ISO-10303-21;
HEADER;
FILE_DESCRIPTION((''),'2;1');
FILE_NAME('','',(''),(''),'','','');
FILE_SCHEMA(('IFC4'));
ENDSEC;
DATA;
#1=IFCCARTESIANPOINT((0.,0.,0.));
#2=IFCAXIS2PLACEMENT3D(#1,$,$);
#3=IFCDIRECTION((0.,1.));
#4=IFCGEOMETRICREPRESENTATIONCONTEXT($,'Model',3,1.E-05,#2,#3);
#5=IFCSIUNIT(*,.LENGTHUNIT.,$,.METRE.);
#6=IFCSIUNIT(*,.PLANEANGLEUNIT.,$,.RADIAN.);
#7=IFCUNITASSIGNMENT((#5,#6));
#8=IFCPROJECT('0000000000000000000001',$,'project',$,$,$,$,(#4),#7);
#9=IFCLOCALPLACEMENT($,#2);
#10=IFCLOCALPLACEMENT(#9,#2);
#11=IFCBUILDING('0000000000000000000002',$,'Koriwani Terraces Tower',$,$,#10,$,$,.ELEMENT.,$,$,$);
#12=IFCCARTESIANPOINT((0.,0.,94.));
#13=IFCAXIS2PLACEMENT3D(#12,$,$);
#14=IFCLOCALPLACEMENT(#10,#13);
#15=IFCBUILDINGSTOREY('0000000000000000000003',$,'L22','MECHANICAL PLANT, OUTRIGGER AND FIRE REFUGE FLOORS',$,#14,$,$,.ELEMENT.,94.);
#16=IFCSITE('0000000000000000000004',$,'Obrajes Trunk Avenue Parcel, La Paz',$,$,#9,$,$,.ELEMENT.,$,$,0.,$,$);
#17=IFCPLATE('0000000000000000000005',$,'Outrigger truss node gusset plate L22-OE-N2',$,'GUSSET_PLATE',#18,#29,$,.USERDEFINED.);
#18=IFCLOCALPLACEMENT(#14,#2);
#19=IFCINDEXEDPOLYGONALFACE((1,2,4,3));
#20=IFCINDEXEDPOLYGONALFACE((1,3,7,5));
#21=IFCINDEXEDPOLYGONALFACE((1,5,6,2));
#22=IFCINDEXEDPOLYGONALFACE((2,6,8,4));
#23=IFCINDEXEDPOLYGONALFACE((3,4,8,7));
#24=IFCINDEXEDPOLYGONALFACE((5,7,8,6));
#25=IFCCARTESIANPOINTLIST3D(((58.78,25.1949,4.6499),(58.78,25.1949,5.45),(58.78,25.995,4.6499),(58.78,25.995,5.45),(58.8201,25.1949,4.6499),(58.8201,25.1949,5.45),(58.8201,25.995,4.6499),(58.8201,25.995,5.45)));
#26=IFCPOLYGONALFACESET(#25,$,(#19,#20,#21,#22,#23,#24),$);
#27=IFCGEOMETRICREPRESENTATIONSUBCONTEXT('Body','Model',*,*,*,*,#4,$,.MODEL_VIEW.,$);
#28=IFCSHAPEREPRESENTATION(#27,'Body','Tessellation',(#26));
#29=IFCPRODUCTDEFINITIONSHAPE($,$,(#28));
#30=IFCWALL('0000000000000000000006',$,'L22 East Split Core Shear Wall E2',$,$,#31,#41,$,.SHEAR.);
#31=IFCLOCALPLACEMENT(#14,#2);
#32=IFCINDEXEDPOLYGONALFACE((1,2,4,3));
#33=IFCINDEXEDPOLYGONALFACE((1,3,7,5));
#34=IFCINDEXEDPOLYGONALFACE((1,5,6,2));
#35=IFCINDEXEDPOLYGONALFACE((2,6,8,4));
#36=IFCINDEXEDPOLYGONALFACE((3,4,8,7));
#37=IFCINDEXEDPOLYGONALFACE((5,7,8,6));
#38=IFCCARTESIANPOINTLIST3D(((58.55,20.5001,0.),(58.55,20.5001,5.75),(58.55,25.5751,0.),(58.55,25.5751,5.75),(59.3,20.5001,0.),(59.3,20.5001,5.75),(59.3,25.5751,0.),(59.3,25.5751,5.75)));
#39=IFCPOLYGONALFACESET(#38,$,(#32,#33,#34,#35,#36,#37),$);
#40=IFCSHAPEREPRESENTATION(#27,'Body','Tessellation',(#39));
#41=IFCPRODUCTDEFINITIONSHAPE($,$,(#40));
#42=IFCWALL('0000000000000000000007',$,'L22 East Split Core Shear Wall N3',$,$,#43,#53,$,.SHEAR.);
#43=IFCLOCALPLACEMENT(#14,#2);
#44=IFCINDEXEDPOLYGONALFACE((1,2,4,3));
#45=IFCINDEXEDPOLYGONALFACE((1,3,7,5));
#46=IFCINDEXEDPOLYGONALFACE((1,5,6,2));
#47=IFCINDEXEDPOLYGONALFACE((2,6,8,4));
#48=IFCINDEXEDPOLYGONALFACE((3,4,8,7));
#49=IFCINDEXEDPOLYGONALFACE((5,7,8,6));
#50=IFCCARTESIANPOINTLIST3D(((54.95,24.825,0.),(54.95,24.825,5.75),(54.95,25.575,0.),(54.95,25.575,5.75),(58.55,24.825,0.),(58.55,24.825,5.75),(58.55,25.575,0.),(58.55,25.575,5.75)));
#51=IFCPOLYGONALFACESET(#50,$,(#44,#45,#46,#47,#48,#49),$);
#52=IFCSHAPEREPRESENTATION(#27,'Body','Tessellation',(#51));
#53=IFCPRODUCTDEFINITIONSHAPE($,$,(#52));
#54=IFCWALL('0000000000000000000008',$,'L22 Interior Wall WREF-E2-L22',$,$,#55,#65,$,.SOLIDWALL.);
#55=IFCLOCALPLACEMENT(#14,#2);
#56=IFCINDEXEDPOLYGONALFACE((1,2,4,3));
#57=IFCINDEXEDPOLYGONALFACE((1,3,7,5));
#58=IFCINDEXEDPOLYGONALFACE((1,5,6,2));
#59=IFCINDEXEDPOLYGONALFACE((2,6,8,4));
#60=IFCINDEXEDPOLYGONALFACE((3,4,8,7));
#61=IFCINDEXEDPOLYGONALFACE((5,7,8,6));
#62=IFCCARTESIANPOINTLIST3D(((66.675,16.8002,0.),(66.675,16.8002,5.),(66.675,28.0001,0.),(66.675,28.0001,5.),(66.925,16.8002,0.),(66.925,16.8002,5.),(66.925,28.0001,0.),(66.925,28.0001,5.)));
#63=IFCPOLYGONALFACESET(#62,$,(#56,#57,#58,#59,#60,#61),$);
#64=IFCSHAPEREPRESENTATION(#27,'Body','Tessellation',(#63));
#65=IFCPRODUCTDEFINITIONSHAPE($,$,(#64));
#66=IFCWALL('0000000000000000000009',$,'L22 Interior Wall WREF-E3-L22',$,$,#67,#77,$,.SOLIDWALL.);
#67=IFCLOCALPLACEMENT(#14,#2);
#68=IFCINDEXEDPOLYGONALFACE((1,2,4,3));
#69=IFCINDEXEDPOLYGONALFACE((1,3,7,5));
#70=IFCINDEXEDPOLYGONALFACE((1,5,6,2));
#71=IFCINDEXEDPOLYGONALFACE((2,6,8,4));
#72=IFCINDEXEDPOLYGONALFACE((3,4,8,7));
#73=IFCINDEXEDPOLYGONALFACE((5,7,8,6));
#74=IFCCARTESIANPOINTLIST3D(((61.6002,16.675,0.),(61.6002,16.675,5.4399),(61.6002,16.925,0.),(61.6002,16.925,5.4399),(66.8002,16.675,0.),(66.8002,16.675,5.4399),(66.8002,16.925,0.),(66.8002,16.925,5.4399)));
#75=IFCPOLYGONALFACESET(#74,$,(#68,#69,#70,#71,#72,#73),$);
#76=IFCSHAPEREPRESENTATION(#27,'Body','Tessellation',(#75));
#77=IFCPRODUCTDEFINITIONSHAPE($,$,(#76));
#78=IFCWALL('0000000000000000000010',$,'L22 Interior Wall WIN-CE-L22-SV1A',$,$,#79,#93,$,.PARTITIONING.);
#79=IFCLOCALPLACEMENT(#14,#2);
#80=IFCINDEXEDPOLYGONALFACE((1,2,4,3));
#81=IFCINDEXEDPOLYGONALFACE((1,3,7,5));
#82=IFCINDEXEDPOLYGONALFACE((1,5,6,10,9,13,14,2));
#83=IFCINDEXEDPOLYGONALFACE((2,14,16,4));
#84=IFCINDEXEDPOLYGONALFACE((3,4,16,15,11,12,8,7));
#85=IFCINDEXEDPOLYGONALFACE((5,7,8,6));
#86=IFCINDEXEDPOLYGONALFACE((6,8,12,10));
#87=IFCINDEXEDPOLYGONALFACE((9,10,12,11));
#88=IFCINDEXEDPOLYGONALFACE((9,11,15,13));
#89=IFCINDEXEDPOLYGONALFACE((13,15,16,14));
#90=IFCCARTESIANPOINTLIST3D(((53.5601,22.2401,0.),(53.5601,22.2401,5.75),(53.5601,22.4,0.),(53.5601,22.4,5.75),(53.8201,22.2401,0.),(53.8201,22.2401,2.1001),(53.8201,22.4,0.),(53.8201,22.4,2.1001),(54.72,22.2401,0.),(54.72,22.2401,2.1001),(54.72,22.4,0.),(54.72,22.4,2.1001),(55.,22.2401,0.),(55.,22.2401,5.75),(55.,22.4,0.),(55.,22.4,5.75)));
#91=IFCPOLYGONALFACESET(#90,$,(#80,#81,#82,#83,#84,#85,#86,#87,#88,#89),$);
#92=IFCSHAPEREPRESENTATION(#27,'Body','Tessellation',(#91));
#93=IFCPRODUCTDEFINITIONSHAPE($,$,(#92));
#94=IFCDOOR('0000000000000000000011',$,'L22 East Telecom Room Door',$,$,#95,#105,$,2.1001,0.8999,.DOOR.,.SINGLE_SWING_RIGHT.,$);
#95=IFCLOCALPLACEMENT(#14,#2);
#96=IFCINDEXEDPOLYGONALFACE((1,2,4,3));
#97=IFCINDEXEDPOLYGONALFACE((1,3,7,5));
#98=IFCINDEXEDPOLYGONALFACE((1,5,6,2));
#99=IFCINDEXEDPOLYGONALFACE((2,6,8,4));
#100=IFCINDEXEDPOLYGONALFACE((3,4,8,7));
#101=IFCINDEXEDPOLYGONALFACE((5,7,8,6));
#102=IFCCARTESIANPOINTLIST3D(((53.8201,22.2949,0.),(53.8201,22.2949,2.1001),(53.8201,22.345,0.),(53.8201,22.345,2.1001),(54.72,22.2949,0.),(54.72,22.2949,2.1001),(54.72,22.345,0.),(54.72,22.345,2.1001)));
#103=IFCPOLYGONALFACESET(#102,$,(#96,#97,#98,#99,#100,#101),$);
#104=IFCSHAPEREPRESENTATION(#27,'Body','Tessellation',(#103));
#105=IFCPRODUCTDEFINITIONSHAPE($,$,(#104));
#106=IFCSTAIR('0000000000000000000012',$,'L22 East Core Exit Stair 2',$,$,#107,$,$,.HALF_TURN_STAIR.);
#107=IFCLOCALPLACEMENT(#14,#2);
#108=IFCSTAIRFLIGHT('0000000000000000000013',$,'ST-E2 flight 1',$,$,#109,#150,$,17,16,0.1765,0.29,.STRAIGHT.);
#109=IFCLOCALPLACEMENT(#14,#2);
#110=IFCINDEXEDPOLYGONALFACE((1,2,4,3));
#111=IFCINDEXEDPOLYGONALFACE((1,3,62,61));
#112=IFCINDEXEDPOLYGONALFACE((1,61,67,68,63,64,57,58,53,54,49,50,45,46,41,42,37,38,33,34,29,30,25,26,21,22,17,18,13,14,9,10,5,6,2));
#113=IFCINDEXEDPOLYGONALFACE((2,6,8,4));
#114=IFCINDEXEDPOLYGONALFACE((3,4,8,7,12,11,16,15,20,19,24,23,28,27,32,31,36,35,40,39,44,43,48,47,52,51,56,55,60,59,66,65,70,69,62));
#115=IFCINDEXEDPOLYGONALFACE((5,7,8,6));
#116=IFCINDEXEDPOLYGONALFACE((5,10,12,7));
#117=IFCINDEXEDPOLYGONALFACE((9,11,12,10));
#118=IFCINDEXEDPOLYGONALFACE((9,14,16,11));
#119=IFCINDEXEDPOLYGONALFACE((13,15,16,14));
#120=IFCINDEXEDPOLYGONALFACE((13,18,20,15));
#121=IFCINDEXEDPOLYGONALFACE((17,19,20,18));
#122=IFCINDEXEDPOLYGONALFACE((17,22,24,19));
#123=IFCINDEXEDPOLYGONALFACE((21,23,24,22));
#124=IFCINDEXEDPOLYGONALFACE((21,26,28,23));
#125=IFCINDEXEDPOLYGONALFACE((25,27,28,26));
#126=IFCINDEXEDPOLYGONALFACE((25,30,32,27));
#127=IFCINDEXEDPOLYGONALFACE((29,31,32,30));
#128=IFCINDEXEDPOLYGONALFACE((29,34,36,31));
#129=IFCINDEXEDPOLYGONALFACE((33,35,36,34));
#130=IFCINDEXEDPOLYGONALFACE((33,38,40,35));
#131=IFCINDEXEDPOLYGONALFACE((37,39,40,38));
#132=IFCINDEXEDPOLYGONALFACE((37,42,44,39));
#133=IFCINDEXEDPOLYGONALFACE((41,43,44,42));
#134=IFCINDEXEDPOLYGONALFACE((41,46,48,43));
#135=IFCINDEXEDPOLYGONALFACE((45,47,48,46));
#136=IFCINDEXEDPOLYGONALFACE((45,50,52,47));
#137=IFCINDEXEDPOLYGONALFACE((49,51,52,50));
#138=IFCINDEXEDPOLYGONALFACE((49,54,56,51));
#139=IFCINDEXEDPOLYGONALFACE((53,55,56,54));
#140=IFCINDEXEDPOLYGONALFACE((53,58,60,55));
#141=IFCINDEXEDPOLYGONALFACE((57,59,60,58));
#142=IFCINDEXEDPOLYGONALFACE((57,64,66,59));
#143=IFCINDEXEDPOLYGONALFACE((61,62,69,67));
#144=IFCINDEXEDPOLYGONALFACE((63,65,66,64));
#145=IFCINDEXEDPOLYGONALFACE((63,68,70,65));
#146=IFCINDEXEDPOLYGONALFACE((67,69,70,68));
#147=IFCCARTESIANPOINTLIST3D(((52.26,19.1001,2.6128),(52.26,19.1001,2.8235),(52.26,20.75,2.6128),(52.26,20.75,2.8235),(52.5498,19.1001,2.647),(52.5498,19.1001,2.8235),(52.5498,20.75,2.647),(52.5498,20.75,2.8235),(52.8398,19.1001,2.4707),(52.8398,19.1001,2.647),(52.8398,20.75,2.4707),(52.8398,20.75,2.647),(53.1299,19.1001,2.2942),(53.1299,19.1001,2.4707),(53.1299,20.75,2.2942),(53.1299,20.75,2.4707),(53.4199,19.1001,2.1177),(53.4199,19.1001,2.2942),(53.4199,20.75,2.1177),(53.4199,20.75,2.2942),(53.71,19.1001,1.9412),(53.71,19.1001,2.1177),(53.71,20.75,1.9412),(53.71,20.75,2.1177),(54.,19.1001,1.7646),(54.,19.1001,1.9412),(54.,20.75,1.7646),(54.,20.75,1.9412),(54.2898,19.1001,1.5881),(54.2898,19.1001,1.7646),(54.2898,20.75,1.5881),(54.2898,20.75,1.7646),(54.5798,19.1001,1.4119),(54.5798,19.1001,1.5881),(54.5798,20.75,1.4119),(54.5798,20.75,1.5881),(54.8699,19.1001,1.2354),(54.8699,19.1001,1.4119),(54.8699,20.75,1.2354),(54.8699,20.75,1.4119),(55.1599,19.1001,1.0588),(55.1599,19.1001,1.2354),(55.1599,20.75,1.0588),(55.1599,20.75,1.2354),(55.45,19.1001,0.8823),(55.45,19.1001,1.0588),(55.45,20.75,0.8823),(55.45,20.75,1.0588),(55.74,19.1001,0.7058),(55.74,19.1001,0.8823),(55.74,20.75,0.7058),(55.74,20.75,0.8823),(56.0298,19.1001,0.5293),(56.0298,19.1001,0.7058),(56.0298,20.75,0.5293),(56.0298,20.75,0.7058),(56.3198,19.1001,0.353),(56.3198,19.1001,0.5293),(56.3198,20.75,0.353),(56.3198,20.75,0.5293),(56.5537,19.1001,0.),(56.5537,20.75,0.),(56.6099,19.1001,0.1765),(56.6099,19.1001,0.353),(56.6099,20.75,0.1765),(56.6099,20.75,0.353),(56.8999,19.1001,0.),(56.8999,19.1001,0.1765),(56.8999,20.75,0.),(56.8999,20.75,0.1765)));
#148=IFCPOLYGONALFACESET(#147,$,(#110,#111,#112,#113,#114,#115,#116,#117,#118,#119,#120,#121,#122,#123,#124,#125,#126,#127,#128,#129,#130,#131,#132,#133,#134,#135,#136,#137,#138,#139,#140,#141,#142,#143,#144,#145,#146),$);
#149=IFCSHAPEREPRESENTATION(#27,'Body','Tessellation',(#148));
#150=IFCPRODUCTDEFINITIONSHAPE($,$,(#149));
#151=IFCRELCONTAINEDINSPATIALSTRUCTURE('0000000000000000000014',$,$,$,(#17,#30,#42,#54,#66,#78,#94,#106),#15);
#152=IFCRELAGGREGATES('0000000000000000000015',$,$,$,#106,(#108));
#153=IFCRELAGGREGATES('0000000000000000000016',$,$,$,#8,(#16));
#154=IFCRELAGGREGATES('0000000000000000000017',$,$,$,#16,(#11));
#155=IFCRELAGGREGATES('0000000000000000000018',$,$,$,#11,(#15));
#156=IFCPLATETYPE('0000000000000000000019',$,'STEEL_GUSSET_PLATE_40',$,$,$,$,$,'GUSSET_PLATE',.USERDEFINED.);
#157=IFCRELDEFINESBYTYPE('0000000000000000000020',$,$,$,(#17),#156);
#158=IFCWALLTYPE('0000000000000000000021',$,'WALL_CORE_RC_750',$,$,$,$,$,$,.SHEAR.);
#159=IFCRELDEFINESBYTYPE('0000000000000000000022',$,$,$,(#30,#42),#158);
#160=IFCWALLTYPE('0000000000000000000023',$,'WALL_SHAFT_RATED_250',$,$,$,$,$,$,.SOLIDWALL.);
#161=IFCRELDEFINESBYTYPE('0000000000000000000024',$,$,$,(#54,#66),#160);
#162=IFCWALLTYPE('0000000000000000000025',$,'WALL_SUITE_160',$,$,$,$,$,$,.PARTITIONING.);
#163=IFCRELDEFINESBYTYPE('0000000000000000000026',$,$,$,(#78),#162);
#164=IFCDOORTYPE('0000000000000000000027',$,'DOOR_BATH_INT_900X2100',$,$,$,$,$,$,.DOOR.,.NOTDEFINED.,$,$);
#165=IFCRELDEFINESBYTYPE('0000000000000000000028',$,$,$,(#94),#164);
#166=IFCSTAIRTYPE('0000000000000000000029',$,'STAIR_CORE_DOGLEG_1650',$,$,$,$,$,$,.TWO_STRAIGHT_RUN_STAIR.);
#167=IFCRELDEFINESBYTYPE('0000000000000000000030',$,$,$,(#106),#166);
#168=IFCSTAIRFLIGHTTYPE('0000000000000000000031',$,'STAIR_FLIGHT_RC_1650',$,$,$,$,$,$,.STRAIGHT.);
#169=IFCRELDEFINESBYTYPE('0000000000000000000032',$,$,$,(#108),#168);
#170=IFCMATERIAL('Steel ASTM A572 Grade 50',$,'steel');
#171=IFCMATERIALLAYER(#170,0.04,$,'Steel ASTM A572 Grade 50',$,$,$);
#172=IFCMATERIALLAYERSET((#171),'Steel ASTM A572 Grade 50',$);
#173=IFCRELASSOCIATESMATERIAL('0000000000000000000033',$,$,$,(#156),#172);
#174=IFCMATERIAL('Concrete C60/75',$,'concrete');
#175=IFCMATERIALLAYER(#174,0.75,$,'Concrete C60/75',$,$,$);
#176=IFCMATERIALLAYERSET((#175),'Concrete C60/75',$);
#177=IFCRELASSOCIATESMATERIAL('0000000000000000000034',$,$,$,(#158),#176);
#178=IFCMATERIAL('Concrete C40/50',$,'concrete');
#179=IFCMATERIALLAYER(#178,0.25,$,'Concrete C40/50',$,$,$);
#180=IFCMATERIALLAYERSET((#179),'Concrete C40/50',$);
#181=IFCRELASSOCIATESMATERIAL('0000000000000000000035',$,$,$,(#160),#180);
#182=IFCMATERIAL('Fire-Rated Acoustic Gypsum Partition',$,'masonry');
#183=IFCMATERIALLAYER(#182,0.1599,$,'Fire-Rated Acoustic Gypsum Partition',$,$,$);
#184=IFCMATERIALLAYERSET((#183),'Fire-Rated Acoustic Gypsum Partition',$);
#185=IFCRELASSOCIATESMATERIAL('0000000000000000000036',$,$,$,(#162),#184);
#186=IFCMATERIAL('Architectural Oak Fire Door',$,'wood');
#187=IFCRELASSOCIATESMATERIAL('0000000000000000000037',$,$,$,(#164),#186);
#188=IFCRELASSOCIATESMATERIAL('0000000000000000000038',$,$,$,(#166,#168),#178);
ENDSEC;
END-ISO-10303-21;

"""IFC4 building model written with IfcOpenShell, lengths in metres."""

from ifc_helpers import new_model, si_unit, direction, frame, frame_2d, origin, origin_2d, place, context, subcontext, project, spatial, polyline, rectangle, outline, extrude, material, layer, layer_set, type_object, element, fill, aggregate, save


model = new_model("IFC4")

# Units and contexts
model_context = context("Model", 3, precision=1e-05, world=origin(), true_north=direction((0.0, 1.0)))
body_context = subcontext(model_context, "Body", "Model", "MODEL_VIEW")
ifc_project = project(units=[si_unit("LENGTHUNIT", "METRE"), si_unit("PLANEANGLEUNIT", "RADIAN")], contexts=[model_context])

# Site, building, storey
site_placement = place(None, origin())
site = spatial("IfcSite", under=ifc_project, at=site_placement, Name="Obrajes Trunk Avenue Parcel, La Paz", CompositionType="ELEMENT", RefElevation=0.0)
building_placement = place(site_placement, origin())
building = spatial("IfcBuilding", under=site, at=building_placement, Name="Koriwani Terraces Tower", CompositionType="ELEMENT")
storey_placement = place(building_placement, frame((0.0, 0.0, 94.0)))
storey = spatial("IfcBuildingStorey", under=building, at=storey_placement, Name="L22", Description="MECHANICAL PLANT, OUTRIGGER AND FIRE REFUGE FLOORS", CompositionType="ELEMENT", Elevation=94.0)

# Shared definitions
ifc_material_1 = material(Name="Concrete C60/75", Category="concrete")

# Shared definitions
ifc_material_2 = material(Name="Concrete C40/50", Category="concrete")
ifc_material_3 = material(Name="Steel ASTM A572 Grade 50", Category="steel")

# Plate
ifc_layer_1 = layer(ifc_material_3, 0.04, Name="Steel ASTM A572 Grade 50")
ifc_layer_set_1 = layer_set([ifc_layer_1], Name="Steel ASTM A572 Grade 50")
plate_type = type_object("IfcPlateType", Name="STEEL_GUSSET_PLATE_40", ElementType="GUSSET_PLATE", PredefinedType="USERDEFINED", material=ifc_layer_set_1)
plate_placement = place(storey_placement, frame((58.8, 25.595, 4.6499), z_axis=(0.0, 0.0, 1.0), x_axis=(0.0, -1.0, 0.0)))
element("IfcPlate", 1, at=plate_placement, inside=storey, type_object=plate_type, Name="Outrigger truss node gusset plate L22-OE-N2", ObjectType="GUSSET_PLATE", PredefinedType="USERDEFINED", context=body_context, shape_type="SweptSolid", body=[
    extrude(rectangle(XDim=0.8, YDim=0.04, at=origin_2d()), origin(), (0.0, 0.0, 1.0), 0.8),
])

# Walls
ifc_layer_2 = layer(ifc_material_1, 0.75, Name="Concrete C60/75")
ifc_layer_set_2 = layer_set([ifc_layer_2], Name="Concrete C60/75")
wall_type_1 = type_object("IfcWallType", Name="WALL_CORE_RC_750", PredefinedType="SHEAR", material=ifc_layer_set_2)
wall_1_placement = place(storey_placement, frame((58.925, 20.5, 0.0), z_axis=(0.0, 0.0, 1.0), x_axis=(0.0, 1.0, 0.0)))
element("IfcWall", 2, at=wall_1_placement, inside=storey, type_object=wall_type_1, Name="L22 East Split Core Shear Wall E2", PredefinedType="SHEAR", context=body_context, shape_type="SweptSolid", body=[
    extrude(rectangle(XDim=5.075, YDim=0.75, at=frame_2d((2.5376, 0.0))), origin(), (0.0, 0.0, 1.0), 5.75),
])
wall_2_placement = place(storey_placement, frame((54.95, 25.2, 0.0), z_axis=(0.0, 0.0, 1.0), x_axis=(1.0, 0.0, 0.0)))
element("IfcWall", 3, at=wall_2_placement, inside=storey, type_object=wall_type_1, Name="L22 East Split Core Shear Wall N3", PredefinedType="SHEAR", context=body_context, shape_type="SweptSolid", body=[
    extrude(rectangle(XDim=3.6001, YDim=0.75, at=frame_2d((1.8, 0.0))), origin(), (0.0, 0.0, 1.0), 5.75),
])

# Shared definitions
ifc_layer_3 = layer(ifc_material_2, 0.25, Name="Concrete C40/50")
ifc_layer_set_3 = layer_set([ifc_layer_3], Name="Concrete C40/50")
wall_type_2 = type_object("IfcWallType", Name="WALL_SHAFT_RATED_250", PredefinedType="SOLIDWALL", material=ifc_layer_set_3)

# Walls
wall_3_placement = place(storey_placement, frame((66.8, 16.8, 0.0), z_axis=(0.0, 0.0, 1.0), x_axis=(0.0, 1.0, 0.0)))
element("IfcWall", 4, at=wall_3_placement, inside=storey, type_object=wall_type_2, Name="L22 Interior Wall WREF-E2-L22", PredefinedType="SOLIDWALL", context=body_context, shape_type="SweptSolid", body=[
    extrude(rectangle(XDim=11.2, YDim=0.25, at=frame_2d((5.6001, 0.0))), origin(), (0.0, 0.0, 1.0), 5.0),
])
wall_4_placement = place(storey_placement, frame((61.6001, 16.8, 0.0), z_axis=(0.0, 0.0, 1.0), x_axis=(1.0, 0.0, 0.0)))
element("IfcWall", 5, at=wall_4_placement, inside=storey, type_object=wall_type_2, Name="L22 Interior Wall WREF-E3-L22", PredefinedType="SOLIDWALL", context=body_context, shape_type="SweptSolid", body=[
    extrude(rectangle(XDim=5.2, YDim=0.25, at=frame_2d((2.6001, 0.0))), origin(), (0.0, 0.0, 1.0), 5.4399),
])

# Wall, opening, door
ifc_material_4 = material(Name="Fire-Rated Acoustic Gypsum Partition", Category="masonry")
ifc_layer_4 = layer(ifc_material_4, 0.1599, Name="Fire-Rated Acoustic Gypsum Partition")
ifc_layer_set_4 = layer_set([ifc_layer_4], Name="Fire-Rated Acoustic Gypsum Partition")
wall_type_3 = type_object("IfcWallType", Name="WALL_SUITE_160", PredefinedType="PARTITIONING", material=ifc_layer_set_4)
wall_5_placement = place(storey_placement, frame((53.5601, 22.3201, 0.0), z_axis=(0.0, 0.0, 1.0), x_axis=(1.0, 0.0, 0.0)))
wall_5 = element("IfcWall", 6, at=wall_5_placement, inside=storey, type_object=wall_type_3, Name="L22 Interior Wall WIN-CE-L22-SV1A", PredefinedType="PARTITIONING", context=body_context, shape_type="SweptSolid", body=[
    extrude(rectangle(XDim=1.4399, YDim=0.1599, at=frame_2d((0.72, 0.0))), origin(), (0.0, 0.0, 1.0), 5.75),
])
opening_1_placement = place(wall_5_placement, frame((0.26, 0.0, 0.0)))
opening_1 = element("IfcOpeningElement", 7, at=opening_1_placement, cuts=wall_5, PredefinedType="OPENING", context=body_context, shape_type="SweptSolid", body=[
    extrude(rectangle(XDim=0.8999, YDim=2.1001, at=frame_2d((0.45, 1.05))), frame((0.0, 0.0898, 0.0), z_axis=(0.0, -1.0, 0.0), x_axis=(1.0, 0.0, 0.0)), (0.0, 0.0, 1.0), 0.1799),
])
ifc_material_5 = material(Name="Architectural Oak Fire Door", Category="wood")
door_type_1 = type_object("IfcDoorType", Name="DOOR_BATH_INT_900X2100", OperationType="NOTDEFINED", PredefinedType="DOOR", material=ifc_material_5)
door_1_placement = place(opening_1_placement, origin())
door_1 = element("IfcDoor", 8, at=door_1_placement, inside=storey, type_object=door_type_1, Name="L22 East Telecom Room Door", OperationType="SINGLE_SWING_RIGHT", OverallHeight=2.1001, OverallWidth=0.8999, PredefinedType="DOOR", context=body_context, shape_type="SweptSolid", body=[
    extrude(rectangle(XDim=0.8999, YDim=2.1001, at=frame_2d((0.45, 1.05))), frame((0.0, 0.0249, 0.0), z_axis=(0.0, -1.0, 0.0), x_axis=(1.0, 0.0, 0.0)), (0.0, 0.0, 1.0), 0.05),
])
fill(opening_1, door_1)

# Stair, stair flight
stair_type = type_object("IfcStairType", Name="STAIR_CORE_DOGLEG_1650", PredefinedType="TWO_STRAIGHT_RUN_STAIR", material=ifc_material_2)
stair_placement = place(storey_placement, origin())
stair = element("IfcStair", 9, at=stair_placement, inside=storey, type_object=stair_type, Name="L22 East Core Exit Stair 2", PredefinedType="HALF_TURN_STAIR")
stair_flight_type = type_object("IfcStairFlightType", Name="STAIR_FLIGHT_RC_1650", PredefinedType="STRAIGHT", material=ifc_material_2)
stair_flight_placement = place(storey_placement, frame((56.8999, 19.925, 0.0), z_axis=(0.0, 0.0, 1.0), x_axis=(-1.0, 0.0, 0.0)))
stair_flight = element("IfcStairFlight", 10, at=stair_flight_placement, type_object=stair_flight_type, Name="ST-E2 flight 1", NumberOfRisers=17, NumberOfTreads=16, PredefinedType="STRAIGHT", RiserHeight=0.1765, TreadLength=0.29, context=body_context, shape_type="SweptSolid", body=[
    extrude(outline(polyline([(0.0, 0.0), (0.0, 0.1765), (0.29, 0.1765), (0.29, 0.353), (0.5801, 0.353), (0.5801, 0.5293), (0.8701, 0.5293), (0.8701, 0.7058), (1.1599, 0.7058), (1.1599, 0.8823), (1.45, 0.8823), (1.45, 1.0588), (1.74, 1.0588), (1.74, 1.2354), (2.03, 1.2354), (2.03, 1.4119), (2.3201, 1.4119), (2.3201, 1.5881), (2.6101, 1.5881), (2.6101, 1.7646), (2.8999, 1.7646), (2.8999, 1.9412), (3.1899, 1.9412), (3.1899, 2.1177), (3.48, 2.1177), (3.48, 2.2942), (3.77, 2.2942), (3.77, 2.4707), (4.0601, 2.4707), (4.0601, 2.647), (4.3501, 2.647), (4.3501, 2.8235), (4.6399, 2.8235), (4.6399, 3.0), (4.6399, 2.6128), (0.3462, 0.0), (0.0, 0.0)])), frame((0.0, 0.825, 0.0), z_axis=(0.0, -1.0, 0.0), x_axis=(1.0, 0.0, 0.0)), (0.0, 0.0, 1.0), 1.6499),
])
aggregate(stair, [stair_flight])

save(model, "model.ifc")
